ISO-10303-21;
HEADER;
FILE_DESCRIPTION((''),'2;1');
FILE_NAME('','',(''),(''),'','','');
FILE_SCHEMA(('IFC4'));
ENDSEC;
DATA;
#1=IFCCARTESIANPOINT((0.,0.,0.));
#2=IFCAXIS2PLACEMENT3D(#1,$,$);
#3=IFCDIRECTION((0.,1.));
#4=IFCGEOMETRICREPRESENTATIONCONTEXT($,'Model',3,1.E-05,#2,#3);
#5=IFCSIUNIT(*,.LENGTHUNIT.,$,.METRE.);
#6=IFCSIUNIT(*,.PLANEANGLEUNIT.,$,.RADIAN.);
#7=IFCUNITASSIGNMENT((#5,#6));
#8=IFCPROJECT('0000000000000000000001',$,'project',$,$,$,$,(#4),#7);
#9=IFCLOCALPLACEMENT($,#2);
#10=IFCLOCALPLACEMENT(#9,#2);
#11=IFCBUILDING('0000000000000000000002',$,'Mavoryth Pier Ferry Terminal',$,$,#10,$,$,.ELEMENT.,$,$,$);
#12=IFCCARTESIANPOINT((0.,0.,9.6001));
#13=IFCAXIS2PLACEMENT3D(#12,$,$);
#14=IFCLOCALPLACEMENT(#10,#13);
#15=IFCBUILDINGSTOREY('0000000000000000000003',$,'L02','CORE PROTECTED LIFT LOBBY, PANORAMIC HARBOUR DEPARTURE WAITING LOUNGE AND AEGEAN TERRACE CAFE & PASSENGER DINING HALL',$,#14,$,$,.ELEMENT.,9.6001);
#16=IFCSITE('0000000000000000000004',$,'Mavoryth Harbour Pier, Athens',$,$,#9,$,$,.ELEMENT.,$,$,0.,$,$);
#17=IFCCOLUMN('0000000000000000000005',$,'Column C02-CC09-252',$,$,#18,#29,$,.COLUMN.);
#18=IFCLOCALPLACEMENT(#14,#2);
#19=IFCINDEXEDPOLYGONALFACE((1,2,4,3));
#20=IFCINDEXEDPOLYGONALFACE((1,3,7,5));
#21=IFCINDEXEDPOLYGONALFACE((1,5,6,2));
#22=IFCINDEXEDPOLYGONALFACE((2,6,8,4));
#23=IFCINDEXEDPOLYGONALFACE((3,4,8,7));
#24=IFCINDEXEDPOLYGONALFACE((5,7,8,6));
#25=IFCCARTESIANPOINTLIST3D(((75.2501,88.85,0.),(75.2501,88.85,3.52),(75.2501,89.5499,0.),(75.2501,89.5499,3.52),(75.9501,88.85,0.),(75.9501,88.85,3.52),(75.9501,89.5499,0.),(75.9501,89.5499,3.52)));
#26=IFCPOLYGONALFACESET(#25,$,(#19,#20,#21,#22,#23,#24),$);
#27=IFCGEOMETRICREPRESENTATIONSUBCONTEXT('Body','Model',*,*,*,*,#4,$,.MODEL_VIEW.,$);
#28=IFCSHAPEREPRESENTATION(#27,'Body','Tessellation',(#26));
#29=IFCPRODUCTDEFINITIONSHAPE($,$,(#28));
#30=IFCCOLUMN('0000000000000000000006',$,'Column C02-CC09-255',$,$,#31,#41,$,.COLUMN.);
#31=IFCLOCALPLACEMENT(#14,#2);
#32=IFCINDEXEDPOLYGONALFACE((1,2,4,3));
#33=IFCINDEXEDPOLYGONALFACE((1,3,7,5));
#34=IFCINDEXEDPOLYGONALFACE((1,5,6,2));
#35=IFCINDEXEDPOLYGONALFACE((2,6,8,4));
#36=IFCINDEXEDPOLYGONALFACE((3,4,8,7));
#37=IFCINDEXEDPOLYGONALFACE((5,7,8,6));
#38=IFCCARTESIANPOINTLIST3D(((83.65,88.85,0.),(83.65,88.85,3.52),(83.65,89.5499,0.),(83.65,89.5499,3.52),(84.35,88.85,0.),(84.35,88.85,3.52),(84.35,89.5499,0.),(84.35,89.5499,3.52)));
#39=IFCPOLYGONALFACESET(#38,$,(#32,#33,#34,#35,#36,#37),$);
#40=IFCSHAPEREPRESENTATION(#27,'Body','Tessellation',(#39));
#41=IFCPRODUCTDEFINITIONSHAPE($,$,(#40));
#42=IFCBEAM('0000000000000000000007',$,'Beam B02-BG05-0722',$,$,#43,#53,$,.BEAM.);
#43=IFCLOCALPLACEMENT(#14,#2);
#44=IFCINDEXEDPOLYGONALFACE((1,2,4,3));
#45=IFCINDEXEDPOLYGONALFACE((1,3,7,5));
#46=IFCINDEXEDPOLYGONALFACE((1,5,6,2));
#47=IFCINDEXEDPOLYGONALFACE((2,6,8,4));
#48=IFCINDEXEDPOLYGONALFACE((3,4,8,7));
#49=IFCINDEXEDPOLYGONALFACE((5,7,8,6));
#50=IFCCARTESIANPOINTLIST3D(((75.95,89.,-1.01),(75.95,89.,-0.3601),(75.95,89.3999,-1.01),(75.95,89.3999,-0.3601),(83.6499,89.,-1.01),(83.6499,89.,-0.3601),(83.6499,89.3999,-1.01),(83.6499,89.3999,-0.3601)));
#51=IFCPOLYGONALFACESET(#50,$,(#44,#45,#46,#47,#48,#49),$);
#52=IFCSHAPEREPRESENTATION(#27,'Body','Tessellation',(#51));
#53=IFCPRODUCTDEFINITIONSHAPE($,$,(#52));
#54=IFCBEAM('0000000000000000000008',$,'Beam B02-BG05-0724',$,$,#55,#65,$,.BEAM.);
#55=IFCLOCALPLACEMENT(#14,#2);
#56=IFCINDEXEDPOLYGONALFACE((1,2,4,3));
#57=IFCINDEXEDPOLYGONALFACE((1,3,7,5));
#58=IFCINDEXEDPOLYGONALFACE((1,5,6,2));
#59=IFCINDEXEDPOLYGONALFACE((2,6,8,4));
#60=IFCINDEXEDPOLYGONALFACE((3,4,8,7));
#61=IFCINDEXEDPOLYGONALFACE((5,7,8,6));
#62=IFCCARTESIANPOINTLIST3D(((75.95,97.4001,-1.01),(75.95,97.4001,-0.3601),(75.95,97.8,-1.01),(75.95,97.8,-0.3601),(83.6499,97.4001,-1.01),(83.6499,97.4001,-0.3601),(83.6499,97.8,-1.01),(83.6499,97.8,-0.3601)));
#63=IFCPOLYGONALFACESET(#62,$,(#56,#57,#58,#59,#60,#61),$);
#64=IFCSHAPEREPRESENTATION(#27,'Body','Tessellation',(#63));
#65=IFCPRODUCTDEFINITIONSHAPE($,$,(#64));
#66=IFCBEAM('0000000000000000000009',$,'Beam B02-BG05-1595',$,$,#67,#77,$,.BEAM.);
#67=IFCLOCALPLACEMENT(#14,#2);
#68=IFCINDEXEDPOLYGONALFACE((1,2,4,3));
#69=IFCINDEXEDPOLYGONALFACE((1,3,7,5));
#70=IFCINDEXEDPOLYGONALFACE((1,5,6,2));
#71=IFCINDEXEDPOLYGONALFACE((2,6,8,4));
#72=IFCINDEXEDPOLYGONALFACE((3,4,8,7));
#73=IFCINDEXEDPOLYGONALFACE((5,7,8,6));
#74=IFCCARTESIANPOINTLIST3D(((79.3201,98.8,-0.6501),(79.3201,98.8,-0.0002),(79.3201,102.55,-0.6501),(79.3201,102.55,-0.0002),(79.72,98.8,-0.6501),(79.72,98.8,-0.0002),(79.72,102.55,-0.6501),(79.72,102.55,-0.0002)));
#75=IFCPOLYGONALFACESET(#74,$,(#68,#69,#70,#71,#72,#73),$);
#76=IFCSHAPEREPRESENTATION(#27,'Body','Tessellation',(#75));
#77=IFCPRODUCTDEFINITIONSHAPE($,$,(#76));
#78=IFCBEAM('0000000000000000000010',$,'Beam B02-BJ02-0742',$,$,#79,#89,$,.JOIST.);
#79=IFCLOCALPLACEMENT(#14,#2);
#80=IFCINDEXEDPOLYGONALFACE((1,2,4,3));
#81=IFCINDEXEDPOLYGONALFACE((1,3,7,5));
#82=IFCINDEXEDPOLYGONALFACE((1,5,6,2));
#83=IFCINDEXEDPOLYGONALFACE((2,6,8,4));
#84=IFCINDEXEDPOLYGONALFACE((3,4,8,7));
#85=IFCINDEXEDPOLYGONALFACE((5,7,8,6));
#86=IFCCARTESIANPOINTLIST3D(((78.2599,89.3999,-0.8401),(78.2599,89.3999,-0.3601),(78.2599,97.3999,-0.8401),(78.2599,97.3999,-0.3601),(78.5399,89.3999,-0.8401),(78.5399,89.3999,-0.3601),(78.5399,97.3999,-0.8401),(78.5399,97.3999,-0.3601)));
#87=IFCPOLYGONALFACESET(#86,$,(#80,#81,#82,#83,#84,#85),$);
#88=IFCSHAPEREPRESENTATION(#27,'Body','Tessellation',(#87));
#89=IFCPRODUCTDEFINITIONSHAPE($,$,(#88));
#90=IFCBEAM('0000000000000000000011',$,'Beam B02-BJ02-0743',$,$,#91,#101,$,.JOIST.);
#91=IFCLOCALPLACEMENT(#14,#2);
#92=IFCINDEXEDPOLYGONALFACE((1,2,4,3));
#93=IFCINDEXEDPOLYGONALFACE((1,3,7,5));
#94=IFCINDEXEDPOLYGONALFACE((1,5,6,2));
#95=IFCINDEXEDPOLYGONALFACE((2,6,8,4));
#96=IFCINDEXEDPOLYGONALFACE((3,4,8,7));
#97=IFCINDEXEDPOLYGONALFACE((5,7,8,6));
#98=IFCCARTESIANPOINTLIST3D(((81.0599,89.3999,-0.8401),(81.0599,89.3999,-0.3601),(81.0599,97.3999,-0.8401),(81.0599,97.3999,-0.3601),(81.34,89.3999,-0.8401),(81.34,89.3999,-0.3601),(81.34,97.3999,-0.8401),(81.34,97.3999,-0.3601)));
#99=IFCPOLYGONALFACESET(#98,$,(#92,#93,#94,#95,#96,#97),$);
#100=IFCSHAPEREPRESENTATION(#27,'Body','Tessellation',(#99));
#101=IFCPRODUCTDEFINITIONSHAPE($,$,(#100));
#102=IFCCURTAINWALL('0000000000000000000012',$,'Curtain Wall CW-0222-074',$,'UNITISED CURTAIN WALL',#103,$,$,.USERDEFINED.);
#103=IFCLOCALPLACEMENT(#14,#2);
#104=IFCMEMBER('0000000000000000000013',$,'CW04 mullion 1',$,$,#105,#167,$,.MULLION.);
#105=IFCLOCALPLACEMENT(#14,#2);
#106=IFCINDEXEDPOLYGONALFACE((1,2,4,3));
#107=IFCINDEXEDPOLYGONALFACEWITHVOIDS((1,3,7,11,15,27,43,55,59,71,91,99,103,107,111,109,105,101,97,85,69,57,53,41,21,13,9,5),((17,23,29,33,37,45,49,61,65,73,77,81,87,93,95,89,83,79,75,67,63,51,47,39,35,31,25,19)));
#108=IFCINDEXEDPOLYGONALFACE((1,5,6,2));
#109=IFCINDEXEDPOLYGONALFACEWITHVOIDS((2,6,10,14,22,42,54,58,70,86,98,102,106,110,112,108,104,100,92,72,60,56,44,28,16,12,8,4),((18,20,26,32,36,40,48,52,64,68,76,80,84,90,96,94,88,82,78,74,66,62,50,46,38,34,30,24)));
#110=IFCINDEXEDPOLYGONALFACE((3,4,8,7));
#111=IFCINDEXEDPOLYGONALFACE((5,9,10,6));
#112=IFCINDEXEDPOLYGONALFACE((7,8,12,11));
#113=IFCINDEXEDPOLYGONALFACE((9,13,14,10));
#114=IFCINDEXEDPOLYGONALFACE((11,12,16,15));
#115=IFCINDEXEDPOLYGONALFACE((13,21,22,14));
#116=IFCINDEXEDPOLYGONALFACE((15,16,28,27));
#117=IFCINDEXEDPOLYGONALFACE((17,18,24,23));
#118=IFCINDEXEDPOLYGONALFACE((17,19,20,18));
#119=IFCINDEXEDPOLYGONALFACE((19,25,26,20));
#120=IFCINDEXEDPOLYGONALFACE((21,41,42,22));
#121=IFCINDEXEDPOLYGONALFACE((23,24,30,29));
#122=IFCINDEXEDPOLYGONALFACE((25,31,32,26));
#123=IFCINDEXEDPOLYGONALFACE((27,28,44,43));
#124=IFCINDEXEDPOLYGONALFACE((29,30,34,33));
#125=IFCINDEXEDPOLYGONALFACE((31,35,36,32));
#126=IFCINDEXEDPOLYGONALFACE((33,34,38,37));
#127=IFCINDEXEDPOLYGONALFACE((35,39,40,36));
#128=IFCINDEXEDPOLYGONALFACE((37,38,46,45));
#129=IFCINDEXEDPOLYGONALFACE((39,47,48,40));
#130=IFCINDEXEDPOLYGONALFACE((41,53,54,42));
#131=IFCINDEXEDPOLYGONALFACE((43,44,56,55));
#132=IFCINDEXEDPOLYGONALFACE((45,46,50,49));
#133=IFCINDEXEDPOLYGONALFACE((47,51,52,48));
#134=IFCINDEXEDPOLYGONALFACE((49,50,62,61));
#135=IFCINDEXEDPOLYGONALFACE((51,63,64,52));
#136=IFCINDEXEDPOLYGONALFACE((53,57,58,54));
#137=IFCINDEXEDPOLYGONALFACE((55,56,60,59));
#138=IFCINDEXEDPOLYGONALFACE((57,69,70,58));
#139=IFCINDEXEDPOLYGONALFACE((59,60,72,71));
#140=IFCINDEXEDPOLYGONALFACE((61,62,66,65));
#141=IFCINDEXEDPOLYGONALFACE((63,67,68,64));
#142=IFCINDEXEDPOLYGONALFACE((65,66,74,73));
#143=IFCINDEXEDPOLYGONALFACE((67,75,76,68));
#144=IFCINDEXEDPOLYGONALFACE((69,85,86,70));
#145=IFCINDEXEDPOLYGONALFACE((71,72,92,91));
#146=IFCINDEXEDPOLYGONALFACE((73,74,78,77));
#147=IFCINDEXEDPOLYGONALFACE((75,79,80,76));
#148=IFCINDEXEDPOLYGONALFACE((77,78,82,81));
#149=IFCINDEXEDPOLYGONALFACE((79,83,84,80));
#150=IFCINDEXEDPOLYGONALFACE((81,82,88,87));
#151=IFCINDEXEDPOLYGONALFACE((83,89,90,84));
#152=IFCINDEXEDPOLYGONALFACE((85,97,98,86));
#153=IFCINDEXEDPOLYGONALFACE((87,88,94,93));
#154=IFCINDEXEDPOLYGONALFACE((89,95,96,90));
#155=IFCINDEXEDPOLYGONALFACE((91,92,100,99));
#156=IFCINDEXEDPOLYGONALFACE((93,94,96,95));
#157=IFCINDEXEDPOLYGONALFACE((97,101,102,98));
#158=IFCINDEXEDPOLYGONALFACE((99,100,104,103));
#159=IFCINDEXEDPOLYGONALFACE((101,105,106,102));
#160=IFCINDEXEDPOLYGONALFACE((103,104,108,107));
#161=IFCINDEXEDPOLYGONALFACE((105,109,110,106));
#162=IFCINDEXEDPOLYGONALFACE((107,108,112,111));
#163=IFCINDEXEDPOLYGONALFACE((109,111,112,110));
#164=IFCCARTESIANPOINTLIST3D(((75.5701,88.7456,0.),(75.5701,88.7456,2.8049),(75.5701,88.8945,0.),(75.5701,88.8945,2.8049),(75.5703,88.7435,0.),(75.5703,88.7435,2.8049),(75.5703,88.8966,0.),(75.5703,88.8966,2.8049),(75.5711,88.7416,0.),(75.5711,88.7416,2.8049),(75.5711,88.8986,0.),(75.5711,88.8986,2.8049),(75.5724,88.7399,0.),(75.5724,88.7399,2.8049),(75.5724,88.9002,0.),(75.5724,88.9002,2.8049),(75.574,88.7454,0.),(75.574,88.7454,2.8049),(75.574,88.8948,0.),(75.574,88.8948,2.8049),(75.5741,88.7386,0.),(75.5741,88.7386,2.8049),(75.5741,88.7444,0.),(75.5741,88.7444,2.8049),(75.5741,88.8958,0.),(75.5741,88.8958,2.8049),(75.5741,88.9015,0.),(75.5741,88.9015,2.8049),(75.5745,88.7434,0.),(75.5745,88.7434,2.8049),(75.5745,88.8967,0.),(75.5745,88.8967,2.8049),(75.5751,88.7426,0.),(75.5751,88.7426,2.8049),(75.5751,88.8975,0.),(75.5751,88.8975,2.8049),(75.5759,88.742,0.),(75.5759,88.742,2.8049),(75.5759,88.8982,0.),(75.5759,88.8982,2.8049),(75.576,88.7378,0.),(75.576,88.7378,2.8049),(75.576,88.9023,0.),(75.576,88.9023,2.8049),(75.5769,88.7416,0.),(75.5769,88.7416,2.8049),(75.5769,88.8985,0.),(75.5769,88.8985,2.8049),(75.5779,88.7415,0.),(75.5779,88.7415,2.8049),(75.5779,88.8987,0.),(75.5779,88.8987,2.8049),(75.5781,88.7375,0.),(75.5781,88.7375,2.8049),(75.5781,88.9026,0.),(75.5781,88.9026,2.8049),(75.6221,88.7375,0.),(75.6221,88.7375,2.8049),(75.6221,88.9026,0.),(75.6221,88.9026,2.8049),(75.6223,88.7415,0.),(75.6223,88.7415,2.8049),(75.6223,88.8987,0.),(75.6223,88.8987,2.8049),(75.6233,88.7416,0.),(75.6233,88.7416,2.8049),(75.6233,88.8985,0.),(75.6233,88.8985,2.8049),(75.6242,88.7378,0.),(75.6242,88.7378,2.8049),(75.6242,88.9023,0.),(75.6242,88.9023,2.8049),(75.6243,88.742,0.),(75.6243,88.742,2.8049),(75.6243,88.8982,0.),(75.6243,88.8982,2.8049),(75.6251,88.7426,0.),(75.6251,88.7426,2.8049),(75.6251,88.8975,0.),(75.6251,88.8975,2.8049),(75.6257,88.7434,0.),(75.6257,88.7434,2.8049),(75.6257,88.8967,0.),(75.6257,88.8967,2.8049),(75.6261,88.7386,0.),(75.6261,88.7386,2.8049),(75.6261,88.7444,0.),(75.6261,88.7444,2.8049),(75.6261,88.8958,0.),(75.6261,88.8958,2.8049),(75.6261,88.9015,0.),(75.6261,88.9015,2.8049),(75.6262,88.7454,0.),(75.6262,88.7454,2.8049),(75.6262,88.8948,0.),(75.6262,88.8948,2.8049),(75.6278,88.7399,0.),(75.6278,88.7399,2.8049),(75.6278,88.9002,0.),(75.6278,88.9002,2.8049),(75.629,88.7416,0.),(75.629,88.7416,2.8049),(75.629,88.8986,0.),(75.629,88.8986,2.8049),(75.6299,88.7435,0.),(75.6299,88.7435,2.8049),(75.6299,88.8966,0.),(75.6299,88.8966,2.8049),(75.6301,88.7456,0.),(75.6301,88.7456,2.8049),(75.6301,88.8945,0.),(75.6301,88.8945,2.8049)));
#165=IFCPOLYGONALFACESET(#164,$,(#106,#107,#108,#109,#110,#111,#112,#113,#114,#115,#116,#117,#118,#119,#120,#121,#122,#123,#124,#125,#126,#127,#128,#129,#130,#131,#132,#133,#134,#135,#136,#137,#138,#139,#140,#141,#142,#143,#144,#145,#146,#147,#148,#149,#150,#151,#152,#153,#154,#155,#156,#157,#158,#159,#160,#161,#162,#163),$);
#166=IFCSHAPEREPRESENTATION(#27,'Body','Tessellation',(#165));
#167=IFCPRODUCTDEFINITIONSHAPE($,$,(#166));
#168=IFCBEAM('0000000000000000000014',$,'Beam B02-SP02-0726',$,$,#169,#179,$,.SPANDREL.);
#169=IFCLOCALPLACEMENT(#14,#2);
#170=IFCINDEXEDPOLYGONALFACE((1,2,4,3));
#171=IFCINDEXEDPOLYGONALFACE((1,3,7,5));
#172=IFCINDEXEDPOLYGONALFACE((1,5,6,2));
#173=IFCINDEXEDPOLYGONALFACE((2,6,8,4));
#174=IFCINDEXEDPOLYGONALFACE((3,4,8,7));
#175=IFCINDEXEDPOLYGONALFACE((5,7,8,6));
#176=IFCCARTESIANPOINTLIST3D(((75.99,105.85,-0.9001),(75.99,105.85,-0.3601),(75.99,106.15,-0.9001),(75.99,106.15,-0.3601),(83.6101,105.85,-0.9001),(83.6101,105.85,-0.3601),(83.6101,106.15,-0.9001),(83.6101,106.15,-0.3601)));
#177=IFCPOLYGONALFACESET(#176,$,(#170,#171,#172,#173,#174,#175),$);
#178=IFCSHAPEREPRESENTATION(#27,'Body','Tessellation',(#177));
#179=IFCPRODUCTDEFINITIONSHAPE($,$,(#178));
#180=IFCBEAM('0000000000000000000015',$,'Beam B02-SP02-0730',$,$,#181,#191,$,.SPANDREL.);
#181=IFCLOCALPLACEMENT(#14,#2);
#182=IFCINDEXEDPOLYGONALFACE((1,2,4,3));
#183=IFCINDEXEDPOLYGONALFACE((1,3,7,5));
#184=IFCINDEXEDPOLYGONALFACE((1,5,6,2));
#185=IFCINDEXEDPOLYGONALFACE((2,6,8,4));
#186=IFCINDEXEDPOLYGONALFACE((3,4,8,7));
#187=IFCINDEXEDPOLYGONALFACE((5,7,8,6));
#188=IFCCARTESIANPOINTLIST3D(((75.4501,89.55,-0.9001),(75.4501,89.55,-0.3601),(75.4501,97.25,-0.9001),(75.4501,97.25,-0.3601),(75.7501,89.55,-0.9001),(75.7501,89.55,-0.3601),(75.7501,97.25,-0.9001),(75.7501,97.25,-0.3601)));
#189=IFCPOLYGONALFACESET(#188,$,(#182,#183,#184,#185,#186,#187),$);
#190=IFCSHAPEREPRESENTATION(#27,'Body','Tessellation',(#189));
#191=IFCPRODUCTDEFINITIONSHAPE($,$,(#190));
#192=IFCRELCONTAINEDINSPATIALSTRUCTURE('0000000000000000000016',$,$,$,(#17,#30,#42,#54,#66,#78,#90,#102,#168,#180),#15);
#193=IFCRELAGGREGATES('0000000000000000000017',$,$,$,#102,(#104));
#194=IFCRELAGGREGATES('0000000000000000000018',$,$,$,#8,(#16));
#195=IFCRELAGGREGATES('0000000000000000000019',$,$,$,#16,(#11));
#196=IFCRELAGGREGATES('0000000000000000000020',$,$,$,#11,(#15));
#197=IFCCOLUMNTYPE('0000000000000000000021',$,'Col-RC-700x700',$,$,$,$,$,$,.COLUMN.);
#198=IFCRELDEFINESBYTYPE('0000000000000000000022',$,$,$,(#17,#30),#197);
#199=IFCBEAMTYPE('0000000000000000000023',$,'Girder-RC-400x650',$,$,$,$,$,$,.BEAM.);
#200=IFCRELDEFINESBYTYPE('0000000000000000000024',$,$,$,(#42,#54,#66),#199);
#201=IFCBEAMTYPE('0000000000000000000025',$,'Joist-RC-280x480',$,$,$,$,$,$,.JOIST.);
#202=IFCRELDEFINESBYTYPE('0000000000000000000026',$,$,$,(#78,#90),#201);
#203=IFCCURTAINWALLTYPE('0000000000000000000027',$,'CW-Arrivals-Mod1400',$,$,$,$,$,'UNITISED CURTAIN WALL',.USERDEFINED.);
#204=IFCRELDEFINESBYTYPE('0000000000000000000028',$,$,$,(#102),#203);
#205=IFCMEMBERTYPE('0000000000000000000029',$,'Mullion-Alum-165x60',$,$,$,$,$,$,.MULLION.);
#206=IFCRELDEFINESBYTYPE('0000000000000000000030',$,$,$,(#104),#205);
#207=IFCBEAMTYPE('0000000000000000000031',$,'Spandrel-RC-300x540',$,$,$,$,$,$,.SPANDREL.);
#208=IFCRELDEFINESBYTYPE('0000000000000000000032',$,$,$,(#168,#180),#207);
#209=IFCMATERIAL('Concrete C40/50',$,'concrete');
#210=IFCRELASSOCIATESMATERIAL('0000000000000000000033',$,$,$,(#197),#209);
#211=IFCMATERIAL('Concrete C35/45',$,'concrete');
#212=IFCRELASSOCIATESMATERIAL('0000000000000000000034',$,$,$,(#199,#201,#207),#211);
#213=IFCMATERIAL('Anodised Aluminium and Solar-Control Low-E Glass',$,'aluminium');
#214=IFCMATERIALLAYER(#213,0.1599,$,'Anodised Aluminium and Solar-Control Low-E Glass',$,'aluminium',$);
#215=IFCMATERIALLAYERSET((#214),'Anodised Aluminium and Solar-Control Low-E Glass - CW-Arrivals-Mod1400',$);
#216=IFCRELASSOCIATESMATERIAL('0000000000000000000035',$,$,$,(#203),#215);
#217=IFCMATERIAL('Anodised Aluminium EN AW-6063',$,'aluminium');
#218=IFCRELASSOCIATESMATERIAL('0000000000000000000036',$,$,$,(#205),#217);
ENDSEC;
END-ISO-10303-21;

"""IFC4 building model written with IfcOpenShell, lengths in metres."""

from ifc_helpers import new_model, si_unit, direction, frame, origin, origin_2d, place, context, subcontext, project, spatial, rectangle, hollow_rectangle, extrude, material, layer, layer_set, material_profile, profile_set, type_object, element, aggregate, save


model = new_model("IFC4")

# Units and contexts
model_context = context("Model", 3, precision=1e-05, world=origin(), true_north=direction((0.0, 1.0)))
body_context = subcontext(model_context, "Body", "Model", "MODEL_VIEW")
ifc_project = project(units=[si_unit("LENGTHUNIT", "METRE"), si_unit("PLANEANGLEUNIT", "RADIAN")], contexts=[model_context])

# Site, building, storey
site_placement = place(None, origin())
site = spatial("IfcSite", under=ifc_project, at=site_placement, Name="Mavoryth Harbour Pier, Athens", CompositionType="ELEMENT", RefElevation=0.0)
building_placement = place(site_placement, origin())
building = spatial("IfcBuilding", under=site, at=building_placement, Name="Mavoryth Pier Ferry Terminal", CompositionType="ELEMENT")
storey_placement = place(building_placement, frame((0.0, 0.0, 9.6001)))
storey = spatial("IfcBuildingStorey", under=building, at=storey_placement, Name="L02", Description="CORE PROTECTED LIFT LOBBY, PANORAMIC HARBOUR DEPARTURE WAITING LOUNGE AND AEGEAN TERRACE CAFE & PASSENGER DINING HALL", CompositionType="ELEMENT", Elevation=9.6001)

# Columns
ifc_material_1 = material(Name="Concrete C40/50", Category="concrete")
ifc_material_profile_1 = material_profile(ifc_material_1, rectangle(XDim=0.7, YDim=0.7, at=origin_2d()), Name="RC 700x700", Category="concrete")
ifc_profile_set_1 = profile_set([ifc_material_profile_1], Name="Concrete C40/50 - RC 700x700")
column_type = type_object("IfcColumnType", Name="Col-RC-700x700", PredefinedType="COLUMN", material=ifc_profile_set_1)
for number, where, z_axis, x_axis, name in (
    (1, (75.6001, 89.2, 0.0), (0.0, 0.0, 1.0), (1.0, 0.0, 0.0), "Column C02-CC09-252"),
    (2, (84.0, 89.2, 0.0), (0.0, 0.0, 1.0), (1.0, 0.0, 0.0), "Column C02-CC09-255"),
):
    element("IfcColumn", number, at=place(storey_placement, frame(where, z_axis=z_axis, x_axis=x_axis)), inside=storey, type_object=column_type, Name=name, PredefinedType="COLUMN", context=body_context, shape_type="SweptSolid", body=[
        extrude(rectangle(XDim=0.7, YDim=0.7, at=origin_2d()), origin(), (0.0, 0.0, 1.0), 3.52),
    ])

# Beams
ifc_material_2 = material(Name="Concrete C35/45", Category="concrete")
ifc_material_profile_2 = material_profile(ifc_material_2, rectangle(XDim=0.3999, YDim=0.6499, at=origin_2d()), Name="RC 400x650", Category="concrete")
ifc_profile_set_2 = profile_set([ifc_material_profile_2], Name="Concrete C35/45 - RC 400x650")
beam_type_1 = type_object("IfcBeamType", Name="Girder-RC-400x650", PredefinedType="BEAM", material=ifc_profile_set_2)
for number, where, z_axis, x_axis, name in (
    (3, (75.95, 89.2, -0.6851), (1.0, 0.0, 0.0), (0.0, 1.0, 0.0), "Beam B02-BG05-0722"),
    (4, (75.95, 97.6001, -0.6851), (1.0, 0.0, 0.0), (0.0, 1.0, 0.0), "Beam B02-BG05-0724"),
):
    element("IfcBeam", number, at=place(storey_placement, frame(where, z_axis=z_axis, x_axis=x_axis)), inside=storey, type_object=beam_type_1, Name=name, PredefinedType="BEAM", context=body_context, shape_type="SweptSolid", body=[
        extrude(rectangle(XDim=0.3999, YDim=0.6499, at=origin_2d()), origin(), (0.0, 0.0, 1.0), 7.7),
    ])
beam_1_placement = place(storey_placement, frame((79.52, 98.8, -0.3252), z_axis=(0.0, 1.0, 0.0), x_axis=(-1.0, 0.0, 0.0)))
element("IfcBeam", 5, at=beam_1_placement, inside=storey, type_object=beam_type_1, Name="Beam B02-BG05-1595", PredefinedType="BEAM", context=body_context, shape_type="SweptSolid", body=[
    extrude(rectangle(XDim=0.3999, YDim=0.6499, at=origin_2d()), origin(), (0.0, 0.0, 1.0), 3.75),
])
ifc_material_profile_3 = material_profile(ifc_material_2, rectangle(XDim=0.28, YDim=0.48, at=origin_2d()), Name="RC 280x480", Category="concrete")
ifc_profile_set_3 = profile_set([ifc_material_profile_3], Name="Concrete C35/45 - RC 280x480")
beam_type_2 = type_object("IfcBeamType", Name="Joist-RC-280x480", PredefinedType="JOIST", material=ifc_profile_set_3)
for number, where, z_axis, x_axis, name in (
    (6, (78.3999, 89.3999, -0.6001), (0.0, 1.0, 0.0), (-1.0, 0.0, 0.0), "Beam B02-BJ02-0742"),
    (7, (81.2, 89.3999, -0.6001), (0.0, 1.0, 0.0), (-1.0, 0.0, 0.0), "Beam B02-BJ02-0743"),
):
    element("IfcBeam", number, at=place(storey_placement, frame(where, z_axis=z_axis, x_axis=x_axis)), inside=storey, type_object=beam_type_2, Name=name, PredefinedType="JOIST", context=body_context, shape_type="SweptSolid", body=[
        extrude(rectangle(XDim=0.28, YDim=0.48, at=origin_2d()), origin(), (0.0, 0.0, 1.0), 8.0),
    ])

# Curtain wall, member
ifc_material_3 = material(Name="Anodised Aluminium and Solar-Control Low-E Glass", Category="aluminium")
ifc_layer_1 = layer(ifc_material_3, 0.1599, Name="Anodised Aluminium and Solar-Control Low-E Glass", Category="aluminium")
ifc_layer_set_1 = layer_set([ifc_layer_1], Name="Anodised Aluminium and Solar-Control Low-E Glass - CW-Arrivals-Mod1400")
curtain_wall_type = type_object("IfcCurtainWallType", Name="CW-Arrivals-Mod1400", ElementType="UNITISED CURTAIN WALL", PredefinedType="USERDEFINED", material=ifc_layer_set_1)
curtain_wall_placement = place(storey_placement, origin())
curtain_wall = element("IfcCurtainWall", 8, at=curtain_wall_placement, inside=storey, type_object=curtain_wall_type, Name="Curtain Wall CW-0222-074", ObjectType="UNITISED CURTAIN WALL", PredefinedType="USERDEFINED")
ifc_material_4 = material(Name="Anodised Aluminium EN AW-6063", Category="aluminium")
ifc_material_profile_4 = material_profile(ifc_material_4, hollow_rectangle(XDim=0.0601, YDim=0.165, WallThickness=0.0039, InnerFilletRadius=0.0039, OuterFilletRadius=0.0081, at=origin_2d()), Name="AL-MULL 165x60x4", Category="aluminium")
ifc_profile_set_4 = profile_set([ifc_material_profile_4], Name="Anodised Aluminium EN AW-6063 - AL-MULL 165x60x4")
member_type_1 = type_object("IfcMemberType", Name="Mullion-Alum-165x60", PredefinedType="MULLION", material=ifc_profile_set_4)
member_1_placement = place(storey_placement, frame((75.6001, 88.8201, 0.0), z_axis=(0.0, 0.0, 1.0), x_axis=(1.0, 0.0, 0.0)))
member_1 = element("IfcMember", 9, at=member_1_placement, type_object=member_type_1, Name="CW04 mullion 1", PredefinedType="MULLION", context=body_context, shape_type="SweptSolid", body=[
    extrude(hollow_rectangle(XDim=0.0601, YDim=0.165, WallThickness=0.0039, InnerFilletRadius=0.0039, OuterFilletRadius=0.0081, at=origin_2d()), origin(), (0.0, 0.0, 1.0), 2.8049),
])

# Beams
ifc_material_profile_5 = material_profile(ifc_material_2, rectangle(XDim=0.3, YDim=0.54, at=origin_2d()), Name="RC 300x540", Category="concrete")
ifc_profile_set_5 = profile_set([ifc_material_profile_5], Name="Concrete C35/45 - RC 300x540")
beam_type_3 = type_object("IfcBeamType", Name="Spandrel-RC-300x540", PredefinedType="SPANDREL", material=ifc_profile_set_5)
beam_2_placement = place(storey_placement, frame((75.99, 106.0, -0.6301), z_axis=(1.0, 0.0, 0.0), x_axis=(0.0, 1.0, 0.0)))
element("IfcBeam", 10, at=beam_2_placement, inside=storey, type_object=beam_type_3, Name="Beam B02-SP02-0726", PredefinedType="SPANDREL", context=body_context, shape_type="SweptSolid", body=[
    extrude(rectangle(XDim=0.3, YDim=0.54, at=origin_2d()), origin(), (0.0, 0.0, 1.0), 7.6201),
])
beam_3_placement = place(storey_placement, frame((75.6001, 89.55, -0.6301), z_axis=(0.0, 1.0, 0.0), x_axis=(-1.0, 0.0, 0.0)))
element("IfcBeam", 11, at=beam_3_placement, inside=storey, type_object=beam_type_3, Name="Beam B02-SP02-0730", PredefinedType="SPANDREL", context=body_context, shape_type="SweptSolid", body=[
    extrude(rectangle(XDim=0.3, YDim=0.54, at=origin_2d()), origin(), (0.0, 0.0, 1.0), 7.7),
])

aggregate(curtain_wall, [member_1])

save(model, "model.ifc")
